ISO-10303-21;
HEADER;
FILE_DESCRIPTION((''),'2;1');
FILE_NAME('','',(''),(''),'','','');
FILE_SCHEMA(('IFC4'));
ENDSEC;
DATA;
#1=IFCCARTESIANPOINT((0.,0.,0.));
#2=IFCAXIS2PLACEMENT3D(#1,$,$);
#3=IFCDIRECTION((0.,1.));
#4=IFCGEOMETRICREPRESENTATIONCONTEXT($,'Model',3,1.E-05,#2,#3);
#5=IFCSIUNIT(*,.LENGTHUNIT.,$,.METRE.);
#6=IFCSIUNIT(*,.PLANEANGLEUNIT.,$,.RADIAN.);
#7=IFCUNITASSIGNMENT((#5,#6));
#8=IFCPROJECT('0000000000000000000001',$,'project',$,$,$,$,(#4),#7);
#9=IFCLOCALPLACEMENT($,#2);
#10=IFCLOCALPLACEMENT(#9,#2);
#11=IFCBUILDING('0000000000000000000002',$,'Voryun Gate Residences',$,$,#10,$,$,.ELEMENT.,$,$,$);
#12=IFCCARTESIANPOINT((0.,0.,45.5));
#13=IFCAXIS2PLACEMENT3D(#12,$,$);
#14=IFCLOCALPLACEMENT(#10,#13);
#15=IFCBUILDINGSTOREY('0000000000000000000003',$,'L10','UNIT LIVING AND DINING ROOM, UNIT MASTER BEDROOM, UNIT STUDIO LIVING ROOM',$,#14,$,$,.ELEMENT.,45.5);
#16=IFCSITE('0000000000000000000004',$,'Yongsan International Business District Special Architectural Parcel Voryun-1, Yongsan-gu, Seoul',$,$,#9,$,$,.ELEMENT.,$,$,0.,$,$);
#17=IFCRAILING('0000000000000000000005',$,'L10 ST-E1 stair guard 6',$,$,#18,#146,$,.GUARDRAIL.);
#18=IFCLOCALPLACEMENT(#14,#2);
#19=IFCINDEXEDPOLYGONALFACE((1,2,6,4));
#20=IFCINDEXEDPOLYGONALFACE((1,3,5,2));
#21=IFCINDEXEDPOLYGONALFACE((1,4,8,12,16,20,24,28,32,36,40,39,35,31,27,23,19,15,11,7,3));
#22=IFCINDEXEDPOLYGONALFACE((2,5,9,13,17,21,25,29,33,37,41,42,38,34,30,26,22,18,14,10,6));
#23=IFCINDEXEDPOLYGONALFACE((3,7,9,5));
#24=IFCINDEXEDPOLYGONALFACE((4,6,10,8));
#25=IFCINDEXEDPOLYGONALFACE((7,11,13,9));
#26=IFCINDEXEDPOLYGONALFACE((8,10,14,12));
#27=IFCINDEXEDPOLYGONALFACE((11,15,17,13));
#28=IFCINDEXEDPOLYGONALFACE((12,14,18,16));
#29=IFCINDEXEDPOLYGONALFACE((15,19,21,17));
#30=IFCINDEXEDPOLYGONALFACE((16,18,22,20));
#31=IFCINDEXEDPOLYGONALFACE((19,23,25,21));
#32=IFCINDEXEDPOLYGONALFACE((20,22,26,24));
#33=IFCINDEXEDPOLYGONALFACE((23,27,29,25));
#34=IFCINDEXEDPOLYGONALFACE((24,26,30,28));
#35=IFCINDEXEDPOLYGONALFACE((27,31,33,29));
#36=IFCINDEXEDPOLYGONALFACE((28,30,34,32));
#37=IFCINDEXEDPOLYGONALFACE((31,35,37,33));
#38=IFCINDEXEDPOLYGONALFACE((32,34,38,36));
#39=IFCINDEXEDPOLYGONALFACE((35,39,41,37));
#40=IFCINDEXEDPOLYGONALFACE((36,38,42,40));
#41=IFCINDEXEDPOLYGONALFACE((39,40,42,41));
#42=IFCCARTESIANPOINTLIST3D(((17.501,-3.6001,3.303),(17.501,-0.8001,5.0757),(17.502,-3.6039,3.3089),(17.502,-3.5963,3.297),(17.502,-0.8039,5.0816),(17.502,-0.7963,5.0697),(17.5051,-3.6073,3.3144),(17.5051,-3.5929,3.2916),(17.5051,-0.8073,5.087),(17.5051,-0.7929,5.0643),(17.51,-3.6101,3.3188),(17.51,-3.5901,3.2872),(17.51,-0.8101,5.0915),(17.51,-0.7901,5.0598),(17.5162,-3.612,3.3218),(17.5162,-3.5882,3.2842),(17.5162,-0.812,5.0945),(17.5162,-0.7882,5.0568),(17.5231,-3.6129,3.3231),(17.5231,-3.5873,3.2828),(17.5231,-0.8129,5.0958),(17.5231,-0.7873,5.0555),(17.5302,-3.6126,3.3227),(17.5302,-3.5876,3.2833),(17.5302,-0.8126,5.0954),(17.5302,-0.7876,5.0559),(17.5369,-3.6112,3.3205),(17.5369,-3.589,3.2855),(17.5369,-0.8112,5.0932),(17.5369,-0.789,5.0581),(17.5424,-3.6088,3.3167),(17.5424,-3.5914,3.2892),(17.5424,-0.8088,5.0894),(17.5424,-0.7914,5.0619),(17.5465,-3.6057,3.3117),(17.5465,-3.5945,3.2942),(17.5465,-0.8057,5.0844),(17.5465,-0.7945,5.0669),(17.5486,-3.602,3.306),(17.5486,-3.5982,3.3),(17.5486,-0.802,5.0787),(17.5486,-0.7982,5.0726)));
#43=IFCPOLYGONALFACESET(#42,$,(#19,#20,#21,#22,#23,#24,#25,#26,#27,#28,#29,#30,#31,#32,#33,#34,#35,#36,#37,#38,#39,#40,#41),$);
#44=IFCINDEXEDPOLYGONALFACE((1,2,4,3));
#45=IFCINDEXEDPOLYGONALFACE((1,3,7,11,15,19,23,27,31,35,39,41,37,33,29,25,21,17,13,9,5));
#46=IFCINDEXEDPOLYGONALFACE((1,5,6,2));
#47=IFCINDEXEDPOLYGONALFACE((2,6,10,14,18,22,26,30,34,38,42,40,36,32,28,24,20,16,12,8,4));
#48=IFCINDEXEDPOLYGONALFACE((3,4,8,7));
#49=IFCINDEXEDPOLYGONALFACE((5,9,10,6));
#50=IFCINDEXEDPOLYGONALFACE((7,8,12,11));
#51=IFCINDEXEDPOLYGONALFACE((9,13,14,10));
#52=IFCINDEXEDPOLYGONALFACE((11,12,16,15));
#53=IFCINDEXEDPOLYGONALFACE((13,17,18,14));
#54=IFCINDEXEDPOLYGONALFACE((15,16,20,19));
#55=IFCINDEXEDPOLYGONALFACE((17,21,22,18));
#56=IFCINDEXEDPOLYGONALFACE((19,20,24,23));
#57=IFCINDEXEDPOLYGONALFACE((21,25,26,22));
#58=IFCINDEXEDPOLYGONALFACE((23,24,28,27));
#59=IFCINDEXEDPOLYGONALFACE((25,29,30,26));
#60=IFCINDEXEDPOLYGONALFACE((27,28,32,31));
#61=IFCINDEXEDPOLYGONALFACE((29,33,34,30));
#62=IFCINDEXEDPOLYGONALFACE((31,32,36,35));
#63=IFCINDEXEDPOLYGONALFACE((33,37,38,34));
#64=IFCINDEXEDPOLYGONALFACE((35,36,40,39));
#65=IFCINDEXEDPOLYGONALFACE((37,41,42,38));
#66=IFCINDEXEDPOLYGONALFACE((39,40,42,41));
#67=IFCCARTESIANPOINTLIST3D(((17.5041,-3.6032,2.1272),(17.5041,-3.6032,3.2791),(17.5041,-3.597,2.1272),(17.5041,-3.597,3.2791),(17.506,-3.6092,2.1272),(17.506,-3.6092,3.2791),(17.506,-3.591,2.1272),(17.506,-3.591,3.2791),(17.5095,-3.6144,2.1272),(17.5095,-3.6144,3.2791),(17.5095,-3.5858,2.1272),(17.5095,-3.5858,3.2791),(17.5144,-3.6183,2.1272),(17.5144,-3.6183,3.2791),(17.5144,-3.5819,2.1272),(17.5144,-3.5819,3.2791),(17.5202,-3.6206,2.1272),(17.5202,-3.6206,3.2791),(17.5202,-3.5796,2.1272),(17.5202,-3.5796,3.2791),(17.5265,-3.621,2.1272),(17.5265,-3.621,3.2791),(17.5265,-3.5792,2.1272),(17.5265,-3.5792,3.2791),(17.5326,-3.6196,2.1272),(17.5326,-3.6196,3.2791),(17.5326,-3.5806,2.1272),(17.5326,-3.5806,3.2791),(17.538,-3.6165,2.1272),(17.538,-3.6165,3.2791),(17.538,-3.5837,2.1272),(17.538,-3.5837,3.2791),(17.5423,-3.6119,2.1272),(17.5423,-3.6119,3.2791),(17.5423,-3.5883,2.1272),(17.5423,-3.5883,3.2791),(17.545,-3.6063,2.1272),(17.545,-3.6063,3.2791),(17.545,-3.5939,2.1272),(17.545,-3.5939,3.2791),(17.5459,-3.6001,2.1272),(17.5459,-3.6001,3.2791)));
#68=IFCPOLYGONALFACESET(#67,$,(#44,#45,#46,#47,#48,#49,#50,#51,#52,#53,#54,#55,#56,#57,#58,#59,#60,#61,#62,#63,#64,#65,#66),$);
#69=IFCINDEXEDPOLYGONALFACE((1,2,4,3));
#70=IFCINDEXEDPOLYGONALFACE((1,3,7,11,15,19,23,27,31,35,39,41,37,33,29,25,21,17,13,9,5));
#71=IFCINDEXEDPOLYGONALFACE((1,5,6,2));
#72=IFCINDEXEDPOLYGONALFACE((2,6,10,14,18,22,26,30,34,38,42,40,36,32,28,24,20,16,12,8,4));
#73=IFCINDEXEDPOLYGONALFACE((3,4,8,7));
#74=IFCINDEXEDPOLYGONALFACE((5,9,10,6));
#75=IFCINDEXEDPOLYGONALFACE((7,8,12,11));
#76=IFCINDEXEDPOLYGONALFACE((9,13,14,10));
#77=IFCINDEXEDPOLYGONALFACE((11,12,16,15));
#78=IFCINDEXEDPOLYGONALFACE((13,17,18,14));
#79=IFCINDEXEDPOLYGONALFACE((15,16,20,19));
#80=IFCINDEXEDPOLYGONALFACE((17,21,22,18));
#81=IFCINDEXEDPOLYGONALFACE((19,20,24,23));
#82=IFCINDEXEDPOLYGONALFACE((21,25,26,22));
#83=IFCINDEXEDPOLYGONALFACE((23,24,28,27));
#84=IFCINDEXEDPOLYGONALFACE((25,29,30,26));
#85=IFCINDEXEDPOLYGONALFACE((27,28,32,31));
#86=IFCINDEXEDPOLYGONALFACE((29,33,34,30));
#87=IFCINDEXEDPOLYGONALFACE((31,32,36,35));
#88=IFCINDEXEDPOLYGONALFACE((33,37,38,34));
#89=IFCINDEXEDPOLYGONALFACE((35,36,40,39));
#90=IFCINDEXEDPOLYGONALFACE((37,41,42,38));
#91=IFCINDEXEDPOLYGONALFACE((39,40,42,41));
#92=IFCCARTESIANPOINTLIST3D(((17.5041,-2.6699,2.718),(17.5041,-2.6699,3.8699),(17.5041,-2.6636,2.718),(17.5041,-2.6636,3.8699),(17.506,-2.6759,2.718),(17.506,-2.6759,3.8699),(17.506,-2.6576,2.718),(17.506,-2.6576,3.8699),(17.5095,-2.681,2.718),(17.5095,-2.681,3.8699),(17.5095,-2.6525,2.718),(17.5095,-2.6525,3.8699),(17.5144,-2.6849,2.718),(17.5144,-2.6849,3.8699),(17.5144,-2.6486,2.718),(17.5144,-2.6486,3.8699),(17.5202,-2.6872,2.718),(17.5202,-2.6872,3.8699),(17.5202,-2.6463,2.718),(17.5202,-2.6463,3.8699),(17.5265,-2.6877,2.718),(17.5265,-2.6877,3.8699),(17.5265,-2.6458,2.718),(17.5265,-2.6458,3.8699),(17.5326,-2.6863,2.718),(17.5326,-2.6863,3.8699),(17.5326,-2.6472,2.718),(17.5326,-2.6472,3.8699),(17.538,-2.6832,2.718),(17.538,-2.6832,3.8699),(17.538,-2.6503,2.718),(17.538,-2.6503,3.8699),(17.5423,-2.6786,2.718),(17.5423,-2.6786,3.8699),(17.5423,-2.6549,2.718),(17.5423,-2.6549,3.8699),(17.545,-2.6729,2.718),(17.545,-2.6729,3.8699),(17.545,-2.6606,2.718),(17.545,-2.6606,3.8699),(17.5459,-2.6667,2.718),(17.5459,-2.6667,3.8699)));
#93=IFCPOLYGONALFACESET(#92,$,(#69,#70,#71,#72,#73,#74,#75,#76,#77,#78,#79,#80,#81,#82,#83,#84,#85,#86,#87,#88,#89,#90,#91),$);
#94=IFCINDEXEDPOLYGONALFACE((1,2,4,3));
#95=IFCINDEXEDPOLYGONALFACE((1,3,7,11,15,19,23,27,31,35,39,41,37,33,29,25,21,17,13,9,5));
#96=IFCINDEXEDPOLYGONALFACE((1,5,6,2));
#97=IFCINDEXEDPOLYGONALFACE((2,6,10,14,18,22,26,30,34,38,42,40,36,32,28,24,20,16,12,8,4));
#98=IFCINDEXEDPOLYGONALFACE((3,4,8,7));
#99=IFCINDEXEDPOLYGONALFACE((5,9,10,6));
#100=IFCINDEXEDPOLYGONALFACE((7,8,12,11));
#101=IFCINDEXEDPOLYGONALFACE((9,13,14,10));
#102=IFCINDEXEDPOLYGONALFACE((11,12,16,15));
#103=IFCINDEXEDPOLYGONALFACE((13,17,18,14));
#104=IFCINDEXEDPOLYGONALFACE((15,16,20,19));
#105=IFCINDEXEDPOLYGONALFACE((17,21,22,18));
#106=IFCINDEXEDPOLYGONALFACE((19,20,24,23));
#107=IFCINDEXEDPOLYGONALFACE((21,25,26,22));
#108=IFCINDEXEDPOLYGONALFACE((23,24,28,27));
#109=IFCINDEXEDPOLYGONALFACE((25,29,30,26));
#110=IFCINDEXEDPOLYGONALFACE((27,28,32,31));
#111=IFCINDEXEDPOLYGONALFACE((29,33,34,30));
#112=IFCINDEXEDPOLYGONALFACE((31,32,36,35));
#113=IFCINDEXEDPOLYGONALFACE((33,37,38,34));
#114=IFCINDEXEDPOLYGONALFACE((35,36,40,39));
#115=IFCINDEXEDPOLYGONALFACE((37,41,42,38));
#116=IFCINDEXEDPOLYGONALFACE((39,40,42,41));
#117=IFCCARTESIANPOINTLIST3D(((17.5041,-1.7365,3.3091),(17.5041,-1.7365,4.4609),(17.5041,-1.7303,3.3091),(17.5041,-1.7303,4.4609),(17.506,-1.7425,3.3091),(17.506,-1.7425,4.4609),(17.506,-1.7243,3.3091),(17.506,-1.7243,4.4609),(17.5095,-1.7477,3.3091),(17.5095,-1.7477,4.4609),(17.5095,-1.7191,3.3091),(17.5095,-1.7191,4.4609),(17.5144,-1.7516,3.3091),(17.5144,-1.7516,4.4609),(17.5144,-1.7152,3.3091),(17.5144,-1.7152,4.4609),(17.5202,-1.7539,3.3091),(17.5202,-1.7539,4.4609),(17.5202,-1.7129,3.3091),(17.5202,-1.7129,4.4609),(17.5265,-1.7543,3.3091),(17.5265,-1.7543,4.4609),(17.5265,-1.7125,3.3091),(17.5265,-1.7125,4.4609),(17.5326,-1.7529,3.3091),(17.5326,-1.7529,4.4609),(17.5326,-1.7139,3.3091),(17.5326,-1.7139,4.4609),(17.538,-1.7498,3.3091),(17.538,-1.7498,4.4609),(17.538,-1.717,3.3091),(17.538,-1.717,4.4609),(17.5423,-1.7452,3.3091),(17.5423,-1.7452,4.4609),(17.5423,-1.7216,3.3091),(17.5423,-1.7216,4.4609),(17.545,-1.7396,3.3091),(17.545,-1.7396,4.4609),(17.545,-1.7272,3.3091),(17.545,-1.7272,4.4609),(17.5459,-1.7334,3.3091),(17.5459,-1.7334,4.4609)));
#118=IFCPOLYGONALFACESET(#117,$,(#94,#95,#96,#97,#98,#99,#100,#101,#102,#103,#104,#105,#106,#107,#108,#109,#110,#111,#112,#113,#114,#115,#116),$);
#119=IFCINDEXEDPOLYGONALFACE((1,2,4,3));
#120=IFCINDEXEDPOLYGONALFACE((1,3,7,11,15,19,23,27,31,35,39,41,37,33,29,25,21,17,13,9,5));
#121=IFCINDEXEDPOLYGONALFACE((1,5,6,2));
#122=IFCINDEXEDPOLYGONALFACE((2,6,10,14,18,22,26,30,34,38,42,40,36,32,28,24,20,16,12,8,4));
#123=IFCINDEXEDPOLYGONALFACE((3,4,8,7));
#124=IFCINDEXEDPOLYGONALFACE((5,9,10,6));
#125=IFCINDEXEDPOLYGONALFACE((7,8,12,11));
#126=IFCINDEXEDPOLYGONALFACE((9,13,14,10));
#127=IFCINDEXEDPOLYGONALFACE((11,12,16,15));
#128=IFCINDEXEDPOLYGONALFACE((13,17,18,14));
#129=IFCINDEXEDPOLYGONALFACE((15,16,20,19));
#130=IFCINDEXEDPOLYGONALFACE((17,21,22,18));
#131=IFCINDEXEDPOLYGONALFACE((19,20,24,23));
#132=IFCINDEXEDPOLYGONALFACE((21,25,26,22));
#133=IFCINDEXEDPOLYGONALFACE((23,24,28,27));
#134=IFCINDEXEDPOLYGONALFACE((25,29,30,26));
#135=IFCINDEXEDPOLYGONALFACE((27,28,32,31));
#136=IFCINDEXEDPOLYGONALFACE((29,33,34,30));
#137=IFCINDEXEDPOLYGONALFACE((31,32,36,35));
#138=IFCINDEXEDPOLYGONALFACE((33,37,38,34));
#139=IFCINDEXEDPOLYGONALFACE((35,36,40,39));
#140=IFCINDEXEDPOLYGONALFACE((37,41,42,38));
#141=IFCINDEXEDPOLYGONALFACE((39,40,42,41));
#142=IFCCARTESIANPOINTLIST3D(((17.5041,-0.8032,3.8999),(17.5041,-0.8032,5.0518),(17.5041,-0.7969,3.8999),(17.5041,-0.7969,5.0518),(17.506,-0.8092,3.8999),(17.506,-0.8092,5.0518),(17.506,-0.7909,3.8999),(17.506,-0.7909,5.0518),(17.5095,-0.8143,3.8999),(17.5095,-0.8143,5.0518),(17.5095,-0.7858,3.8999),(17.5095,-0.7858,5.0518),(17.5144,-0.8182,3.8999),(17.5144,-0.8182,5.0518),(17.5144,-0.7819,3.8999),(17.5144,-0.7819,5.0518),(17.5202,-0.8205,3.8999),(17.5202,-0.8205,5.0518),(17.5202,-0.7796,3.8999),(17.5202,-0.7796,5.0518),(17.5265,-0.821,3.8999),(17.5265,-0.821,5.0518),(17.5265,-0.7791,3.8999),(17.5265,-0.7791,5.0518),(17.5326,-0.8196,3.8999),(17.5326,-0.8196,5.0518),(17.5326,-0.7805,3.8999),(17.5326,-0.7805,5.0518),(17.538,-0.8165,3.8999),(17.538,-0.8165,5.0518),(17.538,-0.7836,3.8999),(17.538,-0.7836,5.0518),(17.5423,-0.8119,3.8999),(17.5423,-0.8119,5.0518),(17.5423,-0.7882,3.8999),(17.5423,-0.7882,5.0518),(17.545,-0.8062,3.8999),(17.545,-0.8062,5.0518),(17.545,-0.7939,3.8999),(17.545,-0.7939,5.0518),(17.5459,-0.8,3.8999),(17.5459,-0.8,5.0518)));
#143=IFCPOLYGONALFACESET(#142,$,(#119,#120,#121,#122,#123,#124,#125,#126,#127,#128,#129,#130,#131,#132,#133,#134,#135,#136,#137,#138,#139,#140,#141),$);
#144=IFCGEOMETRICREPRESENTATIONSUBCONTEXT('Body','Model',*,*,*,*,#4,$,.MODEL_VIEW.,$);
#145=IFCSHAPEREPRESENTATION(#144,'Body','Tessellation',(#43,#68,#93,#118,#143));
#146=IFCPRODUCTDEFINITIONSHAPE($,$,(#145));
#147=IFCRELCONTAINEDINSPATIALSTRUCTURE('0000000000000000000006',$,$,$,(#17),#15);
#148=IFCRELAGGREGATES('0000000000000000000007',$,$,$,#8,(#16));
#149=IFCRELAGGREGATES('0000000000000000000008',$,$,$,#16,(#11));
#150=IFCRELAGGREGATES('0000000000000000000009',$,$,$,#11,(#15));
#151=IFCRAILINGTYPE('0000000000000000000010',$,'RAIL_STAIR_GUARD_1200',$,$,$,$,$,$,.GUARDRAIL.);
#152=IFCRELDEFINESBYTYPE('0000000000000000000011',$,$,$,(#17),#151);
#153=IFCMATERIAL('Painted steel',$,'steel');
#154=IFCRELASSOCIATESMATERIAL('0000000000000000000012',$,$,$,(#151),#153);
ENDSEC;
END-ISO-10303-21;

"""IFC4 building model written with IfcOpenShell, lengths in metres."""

from ifc_helpers import new_model, si_unit, direction, frame, origin, origin_2d, place, context, subcontext, project, spatial, circle, extrude, material, type_object, element, save


model = new_model("IFC4")

# Units and contexts
model_context = context("Model", 3, precision=1e-05, world=origin(), true_north=direction((0.0, 1.0)))
body_context = subcontext(model_context, "Body", "Model", "MODEL_VIEW")
ifc_project = project(units=[si_unit("LENGTHUNIT", "METRE"), si_unit("PLANEANGLEUNIT", "RADIAN")], contexts=[model_context])

# Site, building, storey
site_placement = place(None, origin())
site = spatial("IfcSite", under=ifc_project, at=site_placement, Name="Yongsan International Business District Special Architectural Parcel Voryun-1, Yongsan-gu, Seoul", CompositionType="ELEMENT", RefElevation=0.0)
building_placement = place(site_placement, origin())
building = spatial("IfcBuilding", under=site, at=building_placement, Name="Voryun Gate Residences", CompositionType="ELEMENT")
storey_placement = place(building_placement, frame((0.0, 0.0, 45.5)))
storey = spatial("IfcBuildingStorey", under=building, at=storey_placement, Name="L10", Description="UNIT LIVING AND DINING ROOM, UNIT MASTER BEDROOM, UNIT STUDIO LIVING ROOM", CompositionType="ELEMENT", Elevation=45.5)

# Railing
ifc_material_1 = material(Name="Painted steel", Category="steel")
railing_type_1 = type_object("IfcRailingType", Name="RAIL_STAIR_GUARD_1200", PredefinedType="GUARDRAIL", material=ifc_material_1)
railing_1_placement = place(storey_placement, frame((17.5249, -3.6001, 2.1272)))
element("IfcRailing", 1, at=railing_1_placement, inside=storey, type_object=railing_type_1, Name="L10 ST-E1 stair guard 6", PredefinedType="GUARDRAIL", context=body_context, shape_type="SweptSolid", body=[
    extrude(circle(Radius=0.0239, at=origin_2d()), frame((0.0, 0.0, 1.1758), z_axis=(0.0, 0.844909, 0.53491), x_axis=(-1.0, 0.0, 0.0)), (0.0, 0.0, 1.0), 3.314),
    extrude(circle(Radius=0.021, at=origin_2d()), origin(), (0.0, 0.0, 1.0), 1.1519),
    extrude(circle(Radius=0.021, at=origin_2d()), frame((0.0, 0.9333, 0.5908)), (0.0, 0.0, 1.0), 1.1519),
    extrude(circle(Radius=0.021, at=origin_2d()), frame((0.0, 1.8667, 1.1819)), (0.0, 0.0, 1.0), 1.1519),
    extrude(circle(Radius=0.021, at=origin_2d()), frame((0.0, 2.8, 1.7727)), (0.0, 0.0, 1.0), 1.1519),
])

save(model, "model.ifc")
